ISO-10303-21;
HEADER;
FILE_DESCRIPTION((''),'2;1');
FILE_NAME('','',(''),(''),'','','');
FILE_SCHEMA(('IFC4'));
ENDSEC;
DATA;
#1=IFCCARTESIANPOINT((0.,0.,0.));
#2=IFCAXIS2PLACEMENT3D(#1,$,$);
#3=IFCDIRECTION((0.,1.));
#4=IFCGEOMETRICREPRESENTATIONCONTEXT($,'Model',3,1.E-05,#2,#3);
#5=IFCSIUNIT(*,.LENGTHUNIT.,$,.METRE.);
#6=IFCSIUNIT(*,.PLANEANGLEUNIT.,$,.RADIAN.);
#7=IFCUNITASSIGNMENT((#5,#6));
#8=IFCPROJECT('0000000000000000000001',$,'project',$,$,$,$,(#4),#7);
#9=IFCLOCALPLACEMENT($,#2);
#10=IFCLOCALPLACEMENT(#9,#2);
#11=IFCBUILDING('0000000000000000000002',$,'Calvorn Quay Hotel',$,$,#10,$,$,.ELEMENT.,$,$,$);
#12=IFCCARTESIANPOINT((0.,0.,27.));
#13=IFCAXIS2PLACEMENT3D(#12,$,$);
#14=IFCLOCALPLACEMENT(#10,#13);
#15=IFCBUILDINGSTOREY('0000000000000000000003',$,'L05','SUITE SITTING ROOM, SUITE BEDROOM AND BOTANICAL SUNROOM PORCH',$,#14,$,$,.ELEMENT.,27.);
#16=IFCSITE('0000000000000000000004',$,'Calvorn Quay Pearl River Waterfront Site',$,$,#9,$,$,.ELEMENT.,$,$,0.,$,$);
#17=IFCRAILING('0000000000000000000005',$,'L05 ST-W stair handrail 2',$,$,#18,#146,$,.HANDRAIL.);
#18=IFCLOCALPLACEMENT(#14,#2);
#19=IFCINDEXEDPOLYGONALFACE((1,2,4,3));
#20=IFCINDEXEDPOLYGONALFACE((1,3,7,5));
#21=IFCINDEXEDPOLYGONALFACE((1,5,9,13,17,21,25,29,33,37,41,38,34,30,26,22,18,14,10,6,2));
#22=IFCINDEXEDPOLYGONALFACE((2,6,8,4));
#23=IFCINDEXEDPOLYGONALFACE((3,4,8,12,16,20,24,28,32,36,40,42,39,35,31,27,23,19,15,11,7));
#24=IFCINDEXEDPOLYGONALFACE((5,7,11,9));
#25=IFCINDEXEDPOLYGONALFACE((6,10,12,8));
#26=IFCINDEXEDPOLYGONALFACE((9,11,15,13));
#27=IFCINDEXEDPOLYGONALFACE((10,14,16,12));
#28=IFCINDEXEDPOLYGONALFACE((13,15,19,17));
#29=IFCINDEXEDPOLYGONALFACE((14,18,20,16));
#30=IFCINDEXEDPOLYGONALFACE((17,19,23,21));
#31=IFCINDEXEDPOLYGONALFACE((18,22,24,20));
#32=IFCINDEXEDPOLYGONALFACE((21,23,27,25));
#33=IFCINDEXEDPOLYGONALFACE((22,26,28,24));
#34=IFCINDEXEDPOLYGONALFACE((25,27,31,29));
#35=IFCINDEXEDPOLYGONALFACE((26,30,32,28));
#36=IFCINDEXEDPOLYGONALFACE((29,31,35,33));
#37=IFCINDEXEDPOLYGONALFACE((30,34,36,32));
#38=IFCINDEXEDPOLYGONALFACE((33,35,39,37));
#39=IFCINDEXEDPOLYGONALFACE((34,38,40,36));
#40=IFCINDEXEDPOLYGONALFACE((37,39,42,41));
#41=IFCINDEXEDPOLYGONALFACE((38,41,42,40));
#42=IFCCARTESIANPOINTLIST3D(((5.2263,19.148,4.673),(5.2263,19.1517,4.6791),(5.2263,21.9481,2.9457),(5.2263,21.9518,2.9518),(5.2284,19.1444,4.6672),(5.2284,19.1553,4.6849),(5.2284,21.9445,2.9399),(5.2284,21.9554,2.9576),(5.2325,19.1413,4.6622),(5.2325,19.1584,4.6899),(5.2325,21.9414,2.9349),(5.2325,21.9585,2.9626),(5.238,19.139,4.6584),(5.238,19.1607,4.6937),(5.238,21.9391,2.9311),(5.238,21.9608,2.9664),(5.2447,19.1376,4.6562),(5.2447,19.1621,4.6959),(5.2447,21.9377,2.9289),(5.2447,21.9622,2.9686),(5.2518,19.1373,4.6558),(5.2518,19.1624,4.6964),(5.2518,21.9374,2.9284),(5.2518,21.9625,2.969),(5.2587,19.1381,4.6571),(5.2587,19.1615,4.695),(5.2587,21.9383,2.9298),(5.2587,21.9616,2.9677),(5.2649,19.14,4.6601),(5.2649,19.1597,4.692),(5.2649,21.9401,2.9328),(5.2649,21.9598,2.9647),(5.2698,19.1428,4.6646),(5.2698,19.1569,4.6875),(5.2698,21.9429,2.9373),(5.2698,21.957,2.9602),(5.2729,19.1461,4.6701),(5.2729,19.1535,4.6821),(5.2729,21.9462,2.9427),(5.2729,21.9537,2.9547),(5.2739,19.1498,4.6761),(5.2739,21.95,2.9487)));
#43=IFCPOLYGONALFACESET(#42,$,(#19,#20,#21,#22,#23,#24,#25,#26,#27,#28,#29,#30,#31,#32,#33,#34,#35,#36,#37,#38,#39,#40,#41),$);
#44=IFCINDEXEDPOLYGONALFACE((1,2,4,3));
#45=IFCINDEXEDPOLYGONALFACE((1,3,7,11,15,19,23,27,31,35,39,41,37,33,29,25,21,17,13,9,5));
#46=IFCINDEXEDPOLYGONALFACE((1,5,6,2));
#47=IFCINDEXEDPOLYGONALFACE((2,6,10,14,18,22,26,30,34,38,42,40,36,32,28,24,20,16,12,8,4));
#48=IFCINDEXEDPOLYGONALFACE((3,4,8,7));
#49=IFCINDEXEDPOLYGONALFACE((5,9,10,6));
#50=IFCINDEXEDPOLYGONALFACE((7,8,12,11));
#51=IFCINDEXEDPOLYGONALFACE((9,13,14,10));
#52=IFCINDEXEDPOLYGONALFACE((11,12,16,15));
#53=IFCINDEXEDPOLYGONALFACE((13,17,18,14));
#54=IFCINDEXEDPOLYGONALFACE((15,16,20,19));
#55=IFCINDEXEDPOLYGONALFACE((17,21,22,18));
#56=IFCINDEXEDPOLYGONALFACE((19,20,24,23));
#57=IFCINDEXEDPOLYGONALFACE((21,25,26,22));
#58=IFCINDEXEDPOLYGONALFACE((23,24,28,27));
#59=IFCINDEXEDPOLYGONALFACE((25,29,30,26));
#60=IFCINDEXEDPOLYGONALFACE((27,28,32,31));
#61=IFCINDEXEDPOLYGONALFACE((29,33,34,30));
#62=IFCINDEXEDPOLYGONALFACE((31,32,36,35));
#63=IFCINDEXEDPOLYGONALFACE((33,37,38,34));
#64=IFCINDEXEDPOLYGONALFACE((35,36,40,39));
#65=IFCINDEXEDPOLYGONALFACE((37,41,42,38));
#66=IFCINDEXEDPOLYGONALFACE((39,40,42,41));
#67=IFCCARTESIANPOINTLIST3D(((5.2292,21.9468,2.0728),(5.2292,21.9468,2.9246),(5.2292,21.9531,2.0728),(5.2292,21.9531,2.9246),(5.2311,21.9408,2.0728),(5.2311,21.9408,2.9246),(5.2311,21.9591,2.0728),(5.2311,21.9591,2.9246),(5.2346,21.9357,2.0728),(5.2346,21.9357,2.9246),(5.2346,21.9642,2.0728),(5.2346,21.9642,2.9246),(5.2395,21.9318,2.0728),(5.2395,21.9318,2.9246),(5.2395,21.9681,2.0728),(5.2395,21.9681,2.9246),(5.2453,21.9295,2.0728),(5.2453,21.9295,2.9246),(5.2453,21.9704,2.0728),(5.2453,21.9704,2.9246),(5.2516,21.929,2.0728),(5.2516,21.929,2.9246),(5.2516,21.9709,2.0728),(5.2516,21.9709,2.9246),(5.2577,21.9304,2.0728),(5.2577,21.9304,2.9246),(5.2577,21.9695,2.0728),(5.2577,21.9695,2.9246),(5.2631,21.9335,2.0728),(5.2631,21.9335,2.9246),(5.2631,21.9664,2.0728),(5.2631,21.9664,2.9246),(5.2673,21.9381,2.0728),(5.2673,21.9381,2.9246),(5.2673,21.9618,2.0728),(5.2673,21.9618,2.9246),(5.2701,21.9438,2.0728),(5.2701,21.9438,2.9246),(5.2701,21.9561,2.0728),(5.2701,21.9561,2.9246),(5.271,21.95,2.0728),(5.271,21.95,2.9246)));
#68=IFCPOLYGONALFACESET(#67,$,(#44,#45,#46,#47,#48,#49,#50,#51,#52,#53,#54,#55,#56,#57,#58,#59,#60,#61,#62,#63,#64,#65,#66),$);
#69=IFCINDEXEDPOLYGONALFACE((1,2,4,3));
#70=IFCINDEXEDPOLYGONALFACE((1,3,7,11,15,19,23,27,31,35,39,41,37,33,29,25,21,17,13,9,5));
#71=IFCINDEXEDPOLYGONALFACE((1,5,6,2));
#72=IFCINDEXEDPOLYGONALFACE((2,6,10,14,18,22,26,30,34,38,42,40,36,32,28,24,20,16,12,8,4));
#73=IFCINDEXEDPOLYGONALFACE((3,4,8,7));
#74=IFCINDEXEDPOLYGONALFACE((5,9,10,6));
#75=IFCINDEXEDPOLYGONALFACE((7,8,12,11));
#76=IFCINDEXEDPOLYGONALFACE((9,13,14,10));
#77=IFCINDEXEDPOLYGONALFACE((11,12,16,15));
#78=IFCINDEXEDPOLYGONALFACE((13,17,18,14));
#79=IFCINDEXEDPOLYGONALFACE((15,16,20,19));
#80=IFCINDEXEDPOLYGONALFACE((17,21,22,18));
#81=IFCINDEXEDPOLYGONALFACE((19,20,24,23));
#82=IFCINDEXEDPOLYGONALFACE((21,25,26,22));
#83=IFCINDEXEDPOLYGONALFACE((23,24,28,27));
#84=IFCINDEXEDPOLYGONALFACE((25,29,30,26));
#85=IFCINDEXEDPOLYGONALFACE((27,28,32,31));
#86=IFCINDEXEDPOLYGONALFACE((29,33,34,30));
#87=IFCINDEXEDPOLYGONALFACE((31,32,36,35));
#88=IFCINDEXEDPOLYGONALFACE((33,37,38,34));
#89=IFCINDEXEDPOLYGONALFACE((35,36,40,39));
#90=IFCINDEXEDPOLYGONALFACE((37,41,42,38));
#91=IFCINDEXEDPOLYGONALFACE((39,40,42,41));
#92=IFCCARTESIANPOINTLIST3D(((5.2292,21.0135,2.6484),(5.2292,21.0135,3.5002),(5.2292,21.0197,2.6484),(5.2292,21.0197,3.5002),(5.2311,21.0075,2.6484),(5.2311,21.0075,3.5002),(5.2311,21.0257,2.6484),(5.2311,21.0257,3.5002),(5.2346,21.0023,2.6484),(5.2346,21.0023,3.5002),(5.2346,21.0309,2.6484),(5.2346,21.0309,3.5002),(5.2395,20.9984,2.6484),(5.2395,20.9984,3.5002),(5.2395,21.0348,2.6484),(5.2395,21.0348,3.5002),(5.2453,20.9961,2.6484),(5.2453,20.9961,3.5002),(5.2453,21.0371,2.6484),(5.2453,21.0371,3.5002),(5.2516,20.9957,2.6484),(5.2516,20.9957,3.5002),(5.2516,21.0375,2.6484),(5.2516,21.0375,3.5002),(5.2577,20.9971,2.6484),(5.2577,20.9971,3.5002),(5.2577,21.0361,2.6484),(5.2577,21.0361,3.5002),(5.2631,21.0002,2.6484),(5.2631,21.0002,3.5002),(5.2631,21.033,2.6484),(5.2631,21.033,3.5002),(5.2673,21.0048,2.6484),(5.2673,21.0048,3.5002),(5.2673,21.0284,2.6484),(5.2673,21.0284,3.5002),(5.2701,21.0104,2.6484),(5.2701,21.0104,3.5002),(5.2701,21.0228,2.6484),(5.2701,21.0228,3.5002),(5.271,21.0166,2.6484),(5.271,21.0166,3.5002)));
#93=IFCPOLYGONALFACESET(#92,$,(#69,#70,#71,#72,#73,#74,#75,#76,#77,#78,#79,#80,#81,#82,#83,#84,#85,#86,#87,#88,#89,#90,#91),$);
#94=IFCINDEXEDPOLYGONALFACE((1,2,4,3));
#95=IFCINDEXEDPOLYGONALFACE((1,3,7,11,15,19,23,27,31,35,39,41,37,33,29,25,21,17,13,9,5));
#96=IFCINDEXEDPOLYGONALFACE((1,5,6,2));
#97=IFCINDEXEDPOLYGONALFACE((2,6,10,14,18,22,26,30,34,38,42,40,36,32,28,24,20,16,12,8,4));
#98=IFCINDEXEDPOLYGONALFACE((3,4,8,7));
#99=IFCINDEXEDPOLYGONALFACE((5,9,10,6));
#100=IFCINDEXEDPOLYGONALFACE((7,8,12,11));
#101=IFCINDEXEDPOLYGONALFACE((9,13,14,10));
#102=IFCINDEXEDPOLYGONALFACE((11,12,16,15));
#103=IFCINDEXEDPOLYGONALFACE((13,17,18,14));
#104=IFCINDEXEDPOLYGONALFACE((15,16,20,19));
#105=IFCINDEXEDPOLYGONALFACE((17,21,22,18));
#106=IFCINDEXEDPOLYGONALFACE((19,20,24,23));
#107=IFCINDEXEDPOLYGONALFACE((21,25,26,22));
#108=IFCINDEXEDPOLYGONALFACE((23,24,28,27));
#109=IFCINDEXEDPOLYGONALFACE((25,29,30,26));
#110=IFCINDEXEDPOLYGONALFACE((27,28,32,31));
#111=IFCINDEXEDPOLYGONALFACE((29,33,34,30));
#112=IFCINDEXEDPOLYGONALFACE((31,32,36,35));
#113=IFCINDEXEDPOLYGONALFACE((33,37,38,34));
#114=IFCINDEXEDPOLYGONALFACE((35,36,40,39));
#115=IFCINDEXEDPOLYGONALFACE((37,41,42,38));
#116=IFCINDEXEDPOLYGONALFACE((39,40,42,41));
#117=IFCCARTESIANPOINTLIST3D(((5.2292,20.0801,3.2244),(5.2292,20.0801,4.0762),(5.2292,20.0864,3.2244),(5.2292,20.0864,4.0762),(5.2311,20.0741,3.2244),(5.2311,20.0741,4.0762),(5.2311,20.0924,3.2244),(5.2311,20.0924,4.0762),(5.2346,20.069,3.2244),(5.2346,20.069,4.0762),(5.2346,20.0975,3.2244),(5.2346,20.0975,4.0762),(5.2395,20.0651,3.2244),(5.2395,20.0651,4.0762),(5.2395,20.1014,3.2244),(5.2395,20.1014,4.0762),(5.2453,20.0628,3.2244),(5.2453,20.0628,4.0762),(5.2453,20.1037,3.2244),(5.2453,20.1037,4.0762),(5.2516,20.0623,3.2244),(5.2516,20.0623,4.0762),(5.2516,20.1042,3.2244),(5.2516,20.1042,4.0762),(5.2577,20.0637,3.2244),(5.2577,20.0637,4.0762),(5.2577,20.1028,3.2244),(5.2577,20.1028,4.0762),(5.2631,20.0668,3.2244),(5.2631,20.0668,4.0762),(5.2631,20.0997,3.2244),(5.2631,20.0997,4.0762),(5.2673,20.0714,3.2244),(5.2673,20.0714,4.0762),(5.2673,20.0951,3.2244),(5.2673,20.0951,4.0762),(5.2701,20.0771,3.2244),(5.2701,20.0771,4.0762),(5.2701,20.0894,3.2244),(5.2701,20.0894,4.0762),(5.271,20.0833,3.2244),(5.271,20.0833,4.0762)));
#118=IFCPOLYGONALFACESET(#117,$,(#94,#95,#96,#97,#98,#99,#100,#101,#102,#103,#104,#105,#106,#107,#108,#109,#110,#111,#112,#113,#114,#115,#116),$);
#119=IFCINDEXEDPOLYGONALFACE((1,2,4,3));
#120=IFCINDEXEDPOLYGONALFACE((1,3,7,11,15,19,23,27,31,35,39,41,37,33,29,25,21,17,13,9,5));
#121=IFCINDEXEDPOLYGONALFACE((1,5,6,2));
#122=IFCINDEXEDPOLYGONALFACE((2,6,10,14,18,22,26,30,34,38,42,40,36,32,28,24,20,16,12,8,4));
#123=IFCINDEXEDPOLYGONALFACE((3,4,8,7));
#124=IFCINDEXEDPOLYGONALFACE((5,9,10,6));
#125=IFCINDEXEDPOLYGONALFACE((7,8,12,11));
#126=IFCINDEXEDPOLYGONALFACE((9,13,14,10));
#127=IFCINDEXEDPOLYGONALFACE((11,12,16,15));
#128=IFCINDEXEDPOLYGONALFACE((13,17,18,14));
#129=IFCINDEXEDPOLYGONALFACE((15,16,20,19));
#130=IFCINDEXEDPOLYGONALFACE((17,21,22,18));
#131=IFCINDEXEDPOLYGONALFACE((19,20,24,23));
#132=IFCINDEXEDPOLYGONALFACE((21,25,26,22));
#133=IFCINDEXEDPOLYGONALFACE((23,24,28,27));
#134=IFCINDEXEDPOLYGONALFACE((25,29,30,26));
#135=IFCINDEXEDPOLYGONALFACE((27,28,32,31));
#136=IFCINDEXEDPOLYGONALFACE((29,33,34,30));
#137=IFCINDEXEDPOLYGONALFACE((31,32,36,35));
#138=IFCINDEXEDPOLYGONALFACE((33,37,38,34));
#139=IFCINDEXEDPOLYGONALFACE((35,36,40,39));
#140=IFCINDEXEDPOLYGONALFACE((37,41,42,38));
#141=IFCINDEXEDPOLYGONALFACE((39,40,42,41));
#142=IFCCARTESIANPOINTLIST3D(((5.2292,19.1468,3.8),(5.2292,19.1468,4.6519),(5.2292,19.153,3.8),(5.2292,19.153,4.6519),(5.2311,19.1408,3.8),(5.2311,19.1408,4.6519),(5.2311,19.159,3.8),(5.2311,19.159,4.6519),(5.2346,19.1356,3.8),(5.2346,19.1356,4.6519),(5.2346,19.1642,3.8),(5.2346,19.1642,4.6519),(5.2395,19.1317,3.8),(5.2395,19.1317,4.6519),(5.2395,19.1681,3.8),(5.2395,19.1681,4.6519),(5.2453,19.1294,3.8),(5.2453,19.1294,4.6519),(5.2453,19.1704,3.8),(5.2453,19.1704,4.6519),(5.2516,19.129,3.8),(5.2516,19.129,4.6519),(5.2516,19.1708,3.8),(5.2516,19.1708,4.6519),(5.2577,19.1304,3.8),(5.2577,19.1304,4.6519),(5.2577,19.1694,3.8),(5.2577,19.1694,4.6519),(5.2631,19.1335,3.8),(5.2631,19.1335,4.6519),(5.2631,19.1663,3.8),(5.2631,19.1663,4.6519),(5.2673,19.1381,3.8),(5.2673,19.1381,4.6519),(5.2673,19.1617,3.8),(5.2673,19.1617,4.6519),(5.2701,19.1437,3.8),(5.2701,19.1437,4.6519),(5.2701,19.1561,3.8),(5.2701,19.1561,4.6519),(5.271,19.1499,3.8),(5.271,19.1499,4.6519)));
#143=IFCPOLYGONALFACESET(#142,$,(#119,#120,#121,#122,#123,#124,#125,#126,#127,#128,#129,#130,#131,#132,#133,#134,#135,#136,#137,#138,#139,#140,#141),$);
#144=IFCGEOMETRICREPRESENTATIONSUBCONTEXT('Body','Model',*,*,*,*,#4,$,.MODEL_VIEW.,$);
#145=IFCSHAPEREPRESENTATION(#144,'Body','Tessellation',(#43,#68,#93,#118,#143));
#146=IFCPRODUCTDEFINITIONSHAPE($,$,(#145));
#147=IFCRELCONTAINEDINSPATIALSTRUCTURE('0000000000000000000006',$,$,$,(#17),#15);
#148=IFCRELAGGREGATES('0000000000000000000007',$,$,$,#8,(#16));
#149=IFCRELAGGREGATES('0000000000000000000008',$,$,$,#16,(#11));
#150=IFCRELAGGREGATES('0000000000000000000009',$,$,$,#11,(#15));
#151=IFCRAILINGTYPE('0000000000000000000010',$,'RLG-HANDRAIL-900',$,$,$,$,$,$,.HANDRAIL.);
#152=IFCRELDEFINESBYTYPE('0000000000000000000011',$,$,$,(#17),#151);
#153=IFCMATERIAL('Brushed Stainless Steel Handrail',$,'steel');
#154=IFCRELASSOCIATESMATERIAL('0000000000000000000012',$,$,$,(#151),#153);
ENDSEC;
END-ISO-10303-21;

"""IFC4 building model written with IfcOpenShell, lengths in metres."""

from ifc_helpers import new_model, si_unit, direction, frame, origin, origin_2d, place, context, subcontext, project, spatial, circle, extrude, material, type_object, element, save


model = new_model("IFC4")

# Units and contexts
model_context = context("Model", 3, precision=1e-05, world=origin(), true_north=direction((0.0, 1.0)))
body_context = subcontext(model_context, "Body", "Model", "MODEL_VIEW")
ifc_project = project(units=[si_unit("LENGTHUNIT", "METRE"), si_unit("PLANEANGLEUNIT", "RADIAN")], contexts=[model_context])

# Site, building, storey
site_placement = place(None, origin())
site = spatial("IfcSite", under=ifc_project, at=site_placement, Name="Calvorn Quay Pearl River Waterfront Site", CompositionType="ELEMENT", RefElevation=0.0)
building_placement = place(site_placement, origin())
building = spatial("IfcBuilding", under=site, at=building_placement, Name="Calvorn Quay Hotel", CompositionType="ELEMENT")
storey_placement = place(building_placement, frame((0.0, 0.0, 27.0)))
storey = spatial("IfcBuildingStorey", under=building, at=storey_placement, Name="L05", Description="SUITE SITTING ROOM, SUITE BEDROOM AND BOTANICAL SUNROOM PORCH", CompositionType="ELEMENT", Elevation=27.0)

# Railing
ifc_material_1 = material(Name="Brushed Stainless Steel Handrail", Category="steel")
railing_type_1 = type_object("IfcRailingType", Name="RLG-HANDRAIL-900", PredefinedType="HANDRAIL", material=ifc_material_1)
railing_1_placement = place(storey_placement, frame((5.25, 21.95, 2.0728)))
element("IfcRailing", 1, at=railing_1_placement, inside=storey, type_object=railing_type_1, Name="L05 ST-W stair handrail 2", PredefinedType="HANDRAIL", context=body_context, shape_type="SweptSolid", body=[
    extrude(circle(Radius=0.0239, at=origin_2d()), frame((0.0, 0.0, 0.876), z_axis=(0.0, -0.85109, 0.52502), x_axis=(1.0, 0.0, 0.0)), (0.0, 0.0, 1.0), 3.29),
    extrude(circle(Radius=0.021, at=origin_2d()), origin(), (0.0, 0.0, 1.0), 0.8518),
    extrude(circle(Radius=0.021, at=origin_2d()), frame((0.0, -0.9333, 0.5757)), (0.0, 0.0, 1.0), 0.8518),
    extrude(circle(Radius=0.021, at=origin_2d()), frame((0.0, -1.8667, 1.1516)), (0.0, 0.0, 1.0), 0.8518),
    extrude(circle(Radius=0.021, at=origin_2d()), frame((0.0, -2.8, 1.7273)), (0.0, 0.0, 1.0), 0.8518),
])

save(model, "model.ifc")
